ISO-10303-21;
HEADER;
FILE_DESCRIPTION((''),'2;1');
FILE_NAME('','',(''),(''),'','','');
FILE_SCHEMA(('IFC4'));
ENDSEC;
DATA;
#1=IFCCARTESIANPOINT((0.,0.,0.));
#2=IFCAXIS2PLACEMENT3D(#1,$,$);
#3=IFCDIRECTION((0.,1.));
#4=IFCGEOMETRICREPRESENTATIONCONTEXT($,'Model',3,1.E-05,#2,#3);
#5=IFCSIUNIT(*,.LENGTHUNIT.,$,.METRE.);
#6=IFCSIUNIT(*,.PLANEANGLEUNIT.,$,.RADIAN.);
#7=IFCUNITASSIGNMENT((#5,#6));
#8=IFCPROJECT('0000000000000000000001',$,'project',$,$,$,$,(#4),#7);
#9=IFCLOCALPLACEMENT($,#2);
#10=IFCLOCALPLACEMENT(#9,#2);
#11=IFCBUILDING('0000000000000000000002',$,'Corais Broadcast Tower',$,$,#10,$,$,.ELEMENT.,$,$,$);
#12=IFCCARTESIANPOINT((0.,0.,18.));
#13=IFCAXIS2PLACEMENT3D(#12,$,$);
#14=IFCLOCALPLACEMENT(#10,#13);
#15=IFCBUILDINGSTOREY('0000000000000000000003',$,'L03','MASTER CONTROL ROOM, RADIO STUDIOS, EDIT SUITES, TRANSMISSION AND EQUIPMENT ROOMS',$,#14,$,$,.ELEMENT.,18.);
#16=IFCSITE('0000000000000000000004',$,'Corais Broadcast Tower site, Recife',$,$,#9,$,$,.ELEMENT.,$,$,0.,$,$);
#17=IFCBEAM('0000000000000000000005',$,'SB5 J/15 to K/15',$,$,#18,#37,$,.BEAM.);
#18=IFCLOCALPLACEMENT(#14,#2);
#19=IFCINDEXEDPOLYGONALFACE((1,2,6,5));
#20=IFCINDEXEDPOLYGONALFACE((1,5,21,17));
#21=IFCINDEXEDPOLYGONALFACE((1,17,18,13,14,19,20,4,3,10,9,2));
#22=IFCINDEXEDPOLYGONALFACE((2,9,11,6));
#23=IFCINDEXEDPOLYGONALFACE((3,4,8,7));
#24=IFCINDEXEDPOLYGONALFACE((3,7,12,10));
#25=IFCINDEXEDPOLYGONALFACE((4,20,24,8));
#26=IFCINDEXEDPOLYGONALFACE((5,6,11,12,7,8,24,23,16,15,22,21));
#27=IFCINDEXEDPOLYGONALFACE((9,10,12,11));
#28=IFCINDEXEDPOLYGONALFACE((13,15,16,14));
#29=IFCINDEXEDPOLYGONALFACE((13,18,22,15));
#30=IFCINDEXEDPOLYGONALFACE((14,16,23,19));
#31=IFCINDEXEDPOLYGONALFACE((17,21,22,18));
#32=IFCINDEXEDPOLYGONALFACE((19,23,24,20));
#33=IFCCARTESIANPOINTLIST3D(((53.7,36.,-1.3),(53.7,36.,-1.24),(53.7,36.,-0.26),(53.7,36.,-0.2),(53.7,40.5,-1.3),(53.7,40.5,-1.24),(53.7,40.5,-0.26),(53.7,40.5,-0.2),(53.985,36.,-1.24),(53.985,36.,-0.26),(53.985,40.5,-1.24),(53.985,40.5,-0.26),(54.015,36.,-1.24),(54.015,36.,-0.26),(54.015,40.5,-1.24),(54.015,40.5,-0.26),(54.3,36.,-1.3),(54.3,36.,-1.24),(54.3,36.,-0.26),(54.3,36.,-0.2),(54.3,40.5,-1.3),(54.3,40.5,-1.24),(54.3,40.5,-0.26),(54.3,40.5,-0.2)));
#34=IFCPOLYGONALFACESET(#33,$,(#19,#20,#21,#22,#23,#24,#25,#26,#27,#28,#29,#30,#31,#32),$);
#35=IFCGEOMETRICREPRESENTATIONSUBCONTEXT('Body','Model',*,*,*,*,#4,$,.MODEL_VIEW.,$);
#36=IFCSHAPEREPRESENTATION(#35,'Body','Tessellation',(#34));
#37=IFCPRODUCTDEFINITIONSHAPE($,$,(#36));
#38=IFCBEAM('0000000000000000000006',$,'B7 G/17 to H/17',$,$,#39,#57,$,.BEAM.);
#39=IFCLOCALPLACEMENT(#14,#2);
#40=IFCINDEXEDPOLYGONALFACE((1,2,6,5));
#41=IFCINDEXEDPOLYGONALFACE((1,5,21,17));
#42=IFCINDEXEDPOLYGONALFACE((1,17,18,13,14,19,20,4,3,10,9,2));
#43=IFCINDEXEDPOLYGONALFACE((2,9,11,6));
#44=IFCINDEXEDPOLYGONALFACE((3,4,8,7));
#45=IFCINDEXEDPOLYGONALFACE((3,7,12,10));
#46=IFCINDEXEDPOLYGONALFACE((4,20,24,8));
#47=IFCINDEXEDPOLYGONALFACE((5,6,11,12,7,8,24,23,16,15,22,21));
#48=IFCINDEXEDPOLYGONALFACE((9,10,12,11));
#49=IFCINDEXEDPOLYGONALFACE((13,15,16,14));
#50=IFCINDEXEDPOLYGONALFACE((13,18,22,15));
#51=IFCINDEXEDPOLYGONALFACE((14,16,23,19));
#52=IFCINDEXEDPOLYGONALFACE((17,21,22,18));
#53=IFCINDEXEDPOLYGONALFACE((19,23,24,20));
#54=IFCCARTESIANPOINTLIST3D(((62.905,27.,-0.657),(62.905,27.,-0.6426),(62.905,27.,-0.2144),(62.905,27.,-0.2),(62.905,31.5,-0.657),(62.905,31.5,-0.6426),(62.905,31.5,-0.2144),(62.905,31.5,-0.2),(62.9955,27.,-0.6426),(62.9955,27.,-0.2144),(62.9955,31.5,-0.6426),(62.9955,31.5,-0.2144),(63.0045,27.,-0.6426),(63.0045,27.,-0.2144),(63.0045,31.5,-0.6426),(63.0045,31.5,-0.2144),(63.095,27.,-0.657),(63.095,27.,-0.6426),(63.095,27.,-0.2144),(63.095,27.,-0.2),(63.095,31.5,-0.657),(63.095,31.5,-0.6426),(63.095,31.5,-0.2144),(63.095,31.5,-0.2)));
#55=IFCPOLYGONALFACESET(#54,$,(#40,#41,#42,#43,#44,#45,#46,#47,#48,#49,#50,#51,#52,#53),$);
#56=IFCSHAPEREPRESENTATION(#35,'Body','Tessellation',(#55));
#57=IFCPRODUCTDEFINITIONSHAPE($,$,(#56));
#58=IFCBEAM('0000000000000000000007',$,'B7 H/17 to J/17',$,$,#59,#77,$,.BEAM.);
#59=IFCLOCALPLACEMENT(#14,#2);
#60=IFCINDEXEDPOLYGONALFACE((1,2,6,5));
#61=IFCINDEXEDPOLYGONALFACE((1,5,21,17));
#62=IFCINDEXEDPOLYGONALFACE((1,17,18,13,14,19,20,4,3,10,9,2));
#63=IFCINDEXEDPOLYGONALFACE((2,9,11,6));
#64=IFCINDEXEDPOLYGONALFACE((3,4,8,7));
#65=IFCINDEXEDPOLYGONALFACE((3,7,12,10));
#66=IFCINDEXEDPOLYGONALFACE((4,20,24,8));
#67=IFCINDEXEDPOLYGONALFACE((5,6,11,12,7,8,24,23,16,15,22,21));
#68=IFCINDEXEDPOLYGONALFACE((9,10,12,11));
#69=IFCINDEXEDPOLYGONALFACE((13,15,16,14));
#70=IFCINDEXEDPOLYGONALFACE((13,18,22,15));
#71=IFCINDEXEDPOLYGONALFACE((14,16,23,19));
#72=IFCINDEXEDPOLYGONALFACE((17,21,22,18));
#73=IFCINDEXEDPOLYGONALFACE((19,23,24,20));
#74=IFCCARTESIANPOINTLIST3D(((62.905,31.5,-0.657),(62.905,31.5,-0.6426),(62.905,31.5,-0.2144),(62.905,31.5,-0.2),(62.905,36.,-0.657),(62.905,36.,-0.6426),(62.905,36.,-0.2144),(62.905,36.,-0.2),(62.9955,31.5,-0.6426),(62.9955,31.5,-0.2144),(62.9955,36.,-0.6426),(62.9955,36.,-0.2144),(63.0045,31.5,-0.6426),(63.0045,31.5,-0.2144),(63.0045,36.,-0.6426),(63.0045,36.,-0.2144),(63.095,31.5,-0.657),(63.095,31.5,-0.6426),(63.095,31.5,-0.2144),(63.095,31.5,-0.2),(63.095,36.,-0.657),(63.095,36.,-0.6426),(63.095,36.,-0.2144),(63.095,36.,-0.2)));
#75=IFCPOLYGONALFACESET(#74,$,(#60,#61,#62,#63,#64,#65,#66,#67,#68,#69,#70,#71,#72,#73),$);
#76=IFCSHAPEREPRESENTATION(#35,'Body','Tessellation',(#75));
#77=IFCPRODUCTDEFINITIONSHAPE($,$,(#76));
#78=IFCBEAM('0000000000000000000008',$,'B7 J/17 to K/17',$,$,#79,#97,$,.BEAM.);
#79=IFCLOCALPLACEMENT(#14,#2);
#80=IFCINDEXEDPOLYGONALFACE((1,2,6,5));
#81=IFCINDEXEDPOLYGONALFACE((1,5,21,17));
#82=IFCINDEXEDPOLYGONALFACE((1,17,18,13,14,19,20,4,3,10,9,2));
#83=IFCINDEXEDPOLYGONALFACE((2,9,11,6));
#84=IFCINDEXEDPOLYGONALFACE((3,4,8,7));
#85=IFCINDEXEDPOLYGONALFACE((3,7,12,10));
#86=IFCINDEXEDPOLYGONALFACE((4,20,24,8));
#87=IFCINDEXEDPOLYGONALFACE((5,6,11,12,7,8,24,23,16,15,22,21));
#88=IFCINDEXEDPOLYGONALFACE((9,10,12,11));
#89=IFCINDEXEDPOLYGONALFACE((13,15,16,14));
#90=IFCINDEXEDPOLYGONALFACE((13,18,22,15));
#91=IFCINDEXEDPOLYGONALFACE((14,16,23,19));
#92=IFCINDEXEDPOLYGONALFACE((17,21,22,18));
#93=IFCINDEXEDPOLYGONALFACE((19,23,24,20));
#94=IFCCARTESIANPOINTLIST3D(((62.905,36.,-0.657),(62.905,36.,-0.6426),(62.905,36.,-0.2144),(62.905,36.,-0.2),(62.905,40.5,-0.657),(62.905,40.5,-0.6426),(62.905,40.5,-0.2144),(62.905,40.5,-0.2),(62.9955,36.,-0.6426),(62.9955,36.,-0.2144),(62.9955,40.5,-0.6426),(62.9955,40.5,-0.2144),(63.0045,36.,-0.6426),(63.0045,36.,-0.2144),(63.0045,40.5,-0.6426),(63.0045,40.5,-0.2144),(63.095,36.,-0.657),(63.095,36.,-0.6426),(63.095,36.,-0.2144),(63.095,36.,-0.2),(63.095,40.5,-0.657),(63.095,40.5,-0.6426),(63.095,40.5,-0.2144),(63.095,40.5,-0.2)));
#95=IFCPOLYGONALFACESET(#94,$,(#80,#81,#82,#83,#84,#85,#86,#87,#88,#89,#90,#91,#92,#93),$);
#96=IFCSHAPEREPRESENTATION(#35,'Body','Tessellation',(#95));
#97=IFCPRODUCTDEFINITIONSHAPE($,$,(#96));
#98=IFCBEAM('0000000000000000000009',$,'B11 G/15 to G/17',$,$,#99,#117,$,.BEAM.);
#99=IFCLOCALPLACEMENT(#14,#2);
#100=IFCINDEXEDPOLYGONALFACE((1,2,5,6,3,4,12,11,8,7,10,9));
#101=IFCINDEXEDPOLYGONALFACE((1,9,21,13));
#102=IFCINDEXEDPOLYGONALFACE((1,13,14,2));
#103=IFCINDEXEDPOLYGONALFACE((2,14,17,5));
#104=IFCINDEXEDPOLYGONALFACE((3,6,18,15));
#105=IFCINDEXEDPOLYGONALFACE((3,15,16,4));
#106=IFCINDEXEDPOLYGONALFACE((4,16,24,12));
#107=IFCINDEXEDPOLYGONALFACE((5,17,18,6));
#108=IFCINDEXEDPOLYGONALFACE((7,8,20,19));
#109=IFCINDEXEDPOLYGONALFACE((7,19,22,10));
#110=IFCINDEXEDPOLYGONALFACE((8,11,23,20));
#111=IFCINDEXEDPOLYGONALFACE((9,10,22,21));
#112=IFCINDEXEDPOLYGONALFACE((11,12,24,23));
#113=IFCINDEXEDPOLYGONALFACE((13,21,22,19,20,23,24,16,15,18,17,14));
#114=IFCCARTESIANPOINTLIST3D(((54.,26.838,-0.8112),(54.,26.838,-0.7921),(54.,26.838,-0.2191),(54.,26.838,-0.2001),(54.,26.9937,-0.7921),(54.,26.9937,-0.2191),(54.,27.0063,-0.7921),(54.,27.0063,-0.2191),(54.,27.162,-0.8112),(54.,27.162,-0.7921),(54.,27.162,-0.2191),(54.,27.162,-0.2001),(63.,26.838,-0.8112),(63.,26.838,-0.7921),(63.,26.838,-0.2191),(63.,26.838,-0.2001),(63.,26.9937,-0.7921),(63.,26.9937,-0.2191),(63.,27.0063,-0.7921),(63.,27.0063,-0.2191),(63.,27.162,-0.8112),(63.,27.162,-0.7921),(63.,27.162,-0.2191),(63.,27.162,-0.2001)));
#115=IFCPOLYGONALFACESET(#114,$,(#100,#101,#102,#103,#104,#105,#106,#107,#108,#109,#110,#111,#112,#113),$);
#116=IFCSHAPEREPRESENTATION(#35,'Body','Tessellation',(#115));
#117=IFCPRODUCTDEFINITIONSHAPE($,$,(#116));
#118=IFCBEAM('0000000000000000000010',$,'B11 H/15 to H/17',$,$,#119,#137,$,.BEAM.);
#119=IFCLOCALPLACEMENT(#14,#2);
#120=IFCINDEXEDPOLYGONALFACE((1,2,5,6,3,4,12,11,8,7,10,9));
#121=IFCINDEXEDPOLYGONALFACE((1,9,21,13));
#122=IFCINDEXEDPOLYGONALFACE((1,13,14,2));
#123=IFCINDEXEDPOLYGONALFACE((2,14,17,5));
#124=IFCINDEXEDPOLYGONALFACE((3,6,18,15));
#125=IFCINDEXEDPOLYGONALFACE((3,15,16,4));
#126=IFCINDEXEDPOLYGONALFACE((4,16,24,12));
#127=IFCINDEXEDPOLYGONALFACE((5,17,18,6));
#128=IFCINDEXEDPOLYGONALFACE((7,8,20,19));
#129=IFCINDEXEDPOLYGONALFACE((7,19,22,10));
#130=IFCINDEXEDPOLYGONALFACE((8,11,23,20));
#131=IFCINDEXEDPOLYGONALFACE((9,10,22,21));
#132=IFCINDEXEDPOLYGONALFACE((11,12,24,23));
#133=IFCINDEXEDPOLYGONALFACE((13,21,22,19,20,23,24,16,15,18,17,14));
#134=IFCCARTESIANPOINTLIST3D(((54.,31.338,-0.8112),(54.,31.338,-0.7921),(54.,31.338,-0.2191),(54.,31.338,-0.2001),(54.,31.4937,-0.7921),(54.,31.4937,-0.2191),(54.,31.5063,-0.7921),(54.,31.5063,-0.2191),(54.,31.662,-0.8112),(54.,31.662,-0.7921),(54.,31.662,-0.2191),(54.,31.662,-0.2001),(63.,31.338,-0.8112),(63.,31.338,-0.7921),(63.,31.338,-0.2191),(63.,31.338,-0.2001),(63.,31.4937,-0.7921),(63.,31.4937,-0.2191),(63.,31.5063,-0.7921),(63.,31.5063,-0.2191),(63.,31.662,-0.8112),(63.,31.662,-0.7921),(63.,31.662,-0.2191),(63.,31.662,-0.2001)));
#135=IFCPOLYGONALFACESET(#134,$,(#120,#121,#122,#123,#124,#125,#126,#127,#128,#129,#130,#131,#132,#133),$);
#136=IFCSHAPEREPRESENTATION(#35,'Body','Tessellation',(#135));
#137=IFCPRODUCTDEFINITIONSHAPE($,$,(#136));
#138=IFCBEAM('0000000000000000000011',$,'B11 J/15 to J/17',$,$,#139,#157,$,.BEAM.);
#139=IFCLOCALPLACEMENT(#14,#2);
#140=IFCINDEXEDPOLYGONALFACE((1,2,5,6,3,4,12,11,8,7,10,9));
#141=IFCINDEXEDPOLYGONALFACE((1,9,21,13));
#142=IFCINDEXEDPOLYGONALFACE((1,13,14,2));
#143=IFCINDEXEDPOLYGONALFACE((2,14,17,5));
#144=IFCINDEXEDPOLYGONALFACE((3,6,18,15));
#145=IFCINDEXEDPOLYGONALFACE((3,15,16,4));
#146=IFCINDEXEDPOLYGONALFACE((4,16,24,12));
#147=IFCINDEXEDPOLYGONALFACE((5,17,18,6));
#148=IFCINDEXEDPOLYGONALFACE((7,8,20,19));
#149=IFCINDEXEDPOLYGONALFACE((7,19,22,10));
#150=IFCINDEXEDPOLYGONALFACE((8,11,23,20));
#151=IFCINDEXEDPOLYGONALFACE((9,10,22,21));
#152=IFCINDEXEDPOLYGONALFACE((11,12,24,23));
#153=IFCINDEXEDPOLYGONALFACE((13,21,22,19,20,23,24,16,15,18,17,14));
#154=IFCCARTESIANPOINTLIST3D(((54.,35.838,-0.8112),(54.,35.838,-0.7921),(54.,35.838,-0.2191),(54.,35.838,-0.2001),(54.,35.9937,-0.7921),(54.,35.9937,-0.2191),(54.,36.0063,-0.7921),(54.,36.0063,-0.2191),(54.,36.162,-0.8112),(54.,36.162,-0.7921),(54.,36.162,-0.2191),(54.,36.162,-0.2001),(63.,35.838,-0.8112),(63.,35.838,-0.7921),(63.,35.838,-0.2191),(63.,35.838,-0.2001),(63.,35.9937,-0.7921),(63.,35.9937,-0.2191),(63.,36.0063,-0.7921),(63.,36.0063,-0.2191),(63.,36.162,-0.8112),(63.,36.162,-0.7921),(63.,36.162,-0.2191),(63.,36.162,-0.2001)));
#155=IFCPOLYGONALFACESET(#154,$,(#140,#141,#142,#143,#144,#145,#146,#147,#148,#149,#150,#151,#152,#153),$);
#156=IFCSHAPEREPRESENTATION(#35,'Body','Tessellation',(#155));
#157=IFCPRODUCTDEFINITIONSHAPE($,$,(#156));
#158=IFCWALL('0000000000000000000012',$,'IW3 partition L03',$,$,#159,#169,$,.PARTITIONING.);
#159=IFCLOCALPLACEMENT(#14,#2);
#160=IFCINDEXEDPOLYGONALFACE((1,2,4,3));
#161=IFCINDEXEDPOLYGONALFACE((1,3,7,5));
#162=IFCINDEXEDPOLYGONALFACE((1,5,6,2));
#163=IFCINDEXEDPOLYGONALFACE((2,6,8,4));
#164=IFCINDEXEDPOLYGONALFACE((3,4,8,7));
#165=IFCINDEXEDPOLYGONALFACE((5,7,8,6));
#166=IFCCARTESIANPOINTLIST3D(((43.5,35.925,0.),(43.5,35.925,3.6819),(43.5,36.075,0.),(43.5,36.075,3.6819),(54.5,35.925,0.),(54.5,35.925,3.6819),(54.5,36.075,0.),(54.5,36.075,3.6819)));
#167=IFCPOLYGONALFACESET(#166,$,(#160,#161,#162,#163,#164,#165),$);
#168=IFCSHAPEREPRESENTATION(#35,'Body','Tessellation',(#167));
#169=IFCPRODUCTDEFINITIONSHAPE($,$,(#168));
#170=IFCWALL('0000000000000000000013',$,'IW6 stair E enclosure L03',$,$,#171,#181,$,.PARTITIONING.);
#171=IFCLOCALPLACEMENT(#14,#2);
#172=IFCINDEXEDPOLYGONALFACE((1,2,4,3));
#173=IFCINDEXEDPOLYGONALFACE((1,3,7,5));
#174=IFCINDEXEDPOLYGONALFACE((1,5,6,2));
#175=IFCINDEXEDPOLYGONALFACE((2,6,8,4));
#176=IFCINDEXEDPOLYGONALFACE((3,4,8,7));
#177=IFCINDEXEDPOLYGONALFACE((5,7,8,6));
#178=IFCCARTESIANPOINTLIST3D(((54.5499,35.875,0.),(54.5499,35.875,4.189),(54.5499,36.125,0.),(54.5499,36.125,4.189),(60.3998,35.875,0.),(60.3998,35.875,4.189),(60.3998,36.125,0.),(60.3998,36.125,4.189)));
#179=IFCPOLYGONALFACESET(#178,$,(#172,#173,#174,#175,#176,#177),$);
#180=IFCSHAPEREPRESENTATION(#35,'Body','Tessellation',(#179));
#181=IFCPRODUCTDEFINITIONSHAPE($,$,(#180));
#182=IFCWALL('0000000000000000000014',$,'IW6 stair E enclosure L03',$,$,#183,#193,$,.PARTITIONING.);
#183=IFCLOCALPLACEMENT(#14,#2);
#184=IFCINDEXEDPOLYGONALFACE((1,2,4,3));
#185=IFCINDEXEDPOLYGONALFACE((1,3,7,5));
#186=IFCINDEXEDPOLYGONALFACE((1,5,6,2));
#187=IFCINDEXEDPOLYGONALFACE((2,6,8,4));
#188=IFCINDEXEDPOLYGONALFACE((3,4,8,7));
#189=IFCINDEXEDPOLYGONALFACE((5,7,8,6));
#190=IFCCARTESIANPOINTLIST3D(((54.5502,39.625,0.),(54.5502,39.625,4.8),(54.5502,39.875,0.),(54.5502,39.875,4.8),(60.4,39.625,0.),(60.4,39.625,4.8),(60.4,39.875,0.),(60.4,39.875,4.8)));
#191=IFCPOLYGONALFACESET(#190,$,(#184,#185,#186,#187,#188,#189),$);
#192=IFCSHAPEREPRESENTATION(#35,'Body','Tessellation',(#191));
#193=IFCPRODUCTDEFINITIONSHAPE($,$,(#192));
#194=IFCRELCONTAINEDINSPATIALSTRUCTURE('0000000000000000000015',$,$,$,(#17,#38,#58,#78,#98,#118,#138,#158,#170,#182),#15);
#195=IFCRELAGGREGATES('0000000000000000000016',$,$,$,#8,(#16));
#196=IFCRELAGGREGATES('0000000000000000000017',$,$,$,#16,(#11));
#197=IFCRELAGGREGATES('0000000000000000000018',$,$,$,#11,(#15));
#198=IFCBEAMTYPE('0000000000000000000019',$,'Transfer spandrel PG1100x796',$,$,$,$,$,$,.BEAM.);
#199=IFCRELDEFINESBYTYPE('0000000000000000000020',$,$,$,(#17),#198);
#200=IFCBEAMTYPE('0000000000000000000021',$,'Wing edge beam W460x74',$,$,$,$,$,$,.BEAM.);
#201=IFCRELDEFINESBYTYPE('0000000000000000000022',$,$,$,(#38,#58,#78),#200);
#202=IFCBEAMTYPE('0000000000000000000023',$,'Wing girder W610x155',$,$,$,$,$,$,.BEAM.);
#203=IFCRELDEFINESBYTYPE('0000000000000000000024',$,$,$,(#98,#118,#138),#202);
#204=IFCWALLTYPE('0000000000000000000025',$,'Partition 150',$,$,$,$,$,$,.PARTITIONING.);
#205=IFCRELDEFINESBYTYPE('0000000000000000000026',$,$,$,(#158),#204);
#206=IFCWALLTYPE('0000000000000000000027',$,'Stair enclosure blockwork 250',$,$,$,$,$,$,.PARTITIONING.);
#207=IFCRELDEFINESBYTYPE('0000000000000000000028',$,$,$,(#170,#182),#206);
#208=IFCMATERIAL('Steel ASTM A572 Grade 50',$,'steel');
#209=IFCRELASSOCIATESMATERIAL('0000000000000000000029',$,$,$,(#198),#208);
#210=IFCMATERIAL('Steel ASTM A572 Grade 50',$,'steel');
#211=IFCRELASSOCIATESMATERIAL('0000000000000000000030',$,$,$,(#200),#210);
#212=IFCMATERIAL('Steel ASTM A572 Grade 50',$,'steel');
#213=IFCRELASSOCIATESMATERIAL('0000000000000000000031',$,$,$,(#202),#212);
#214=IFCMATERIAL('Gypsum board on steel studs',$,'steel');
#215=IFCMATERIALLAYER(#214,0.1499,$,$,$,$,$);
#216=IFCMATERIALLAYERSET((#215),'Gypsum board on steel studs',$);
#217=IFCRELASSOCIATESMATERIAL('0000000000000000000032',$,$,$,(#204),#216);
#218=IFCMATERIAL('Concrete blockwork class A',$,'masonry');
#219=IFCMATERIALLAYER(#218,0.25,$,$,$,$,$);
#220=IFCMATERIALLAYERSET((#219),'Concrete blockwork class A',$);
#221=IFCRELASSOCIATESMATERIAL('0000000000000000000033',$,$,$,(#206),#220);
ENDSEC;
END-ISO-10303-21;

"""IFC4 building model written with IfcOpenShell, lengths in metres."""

from ifc_helpers import new_model, si_unit, direction, frame, frame_2d, origin, origin_2d, place, context, subcontext, project, spatial, rectangle, i_section, extrude, material, layer, layer_set, material_profile, profile_set, type_object, element, save


model = new_model("IFC4")

# Units and contexts
model_context = context("Model", 3, precision=1e-05, world=origin(), true_north=direction((0.0, 1.0)))
body_context = subcontext(model_context, "Body", "Model", "MODEL_VIEW")
ifc_project = project(units=[si_unit("LENGTHUNIT", "METRE"), si_unit("PLANEANGLEUNIT", "RADIAN")], contexts=[model_context])

# Site, building, storey
site_placement = place(None, origin())
site = spatial("IfcSite", under=ifc_project, at=site_placement, Name="Corais Broadcast Tower site, Recife", CompositionType="ELEMENT", RefElevation=0.0)
building_placement = place(site_placement, origin())
building = spatial("IfcBuilding", under=site, at=building_placement, Name="Corais Broadcast Tower", CompositionType="ELEMENT")
storey_placement = place(building_placement, frame((0.0, 0.0, 18.0)))
storey = spatial("IfcBuildingStorey", under=building, at=storey_placement, Name="L03", Description="MASTER CONTROL ROOM, RADIO STUDIOS, EDIT SUITES, TRANSMISSION AND EQUIPMENT ROOMS", CompositionType="ELEMENT", Elevation=18.0)

# Beams
ifc_material_1 = material(Name="Steel ASTM A572 Grade 50", Category="steel")
ifc_material_profile_1 = material_profile(ifc_material_1, i_section(OverallWidth=0.6001, OverallDepth=1.1001, WebThickness=0.03, FlangeThickness=0.0601, at=origin_2d()), Name="PG1100x796")
ifc_profile_set_1 = profile_set([ifc_material_profile_1], Name="Steel ASTM A572 Grade 50")
beam_type_1 = type_object("IfcBeamType", Name="Transfer spandrel PG1100x796", PredefinedType="BEAM", material=ifc_profile_set_1)
for number, where, z_axis, x_axis, name in (
    (1, (54.0, 36.0, -0.75), (0.0, 1.0, 0.0), (-1.0, 0.0, 0.0), "SB5 J/15 to K/15"),
):
    element("IfcBeam", number, at=place(storey_placement, frame(where, z_axis=z_axis, x_axis=x_axis)), inside=storey, type_object=beam_type_1, Name=name, PredefinedType="BEAM", context=body_context, shape_type="SweptSolid", body=[
        extrude(i_section(OverallWidth=0.6001, OverallDepth=1.1001, WebThickness=0.03, FlangeThickness=0.0601, at=origin_2d()), origin(), (0.0, 0.0, 1.0), 4.5),
    ])
ifc_material_2 = material(Name="Steel ASTM A572 Grade 50", Category="steel")
ifc_material_profile_2 = material_profile(ifc_material_2, i_section(OverallWidth=0.1899, OverallDepth=0.457, WebThickness=0.009, FlangeThickness=0.0144, at=origin_2d()), Name="W460x74")
ifc_profile_set_2 = profile_set([ifc_material_profile_2], Name="Steel ASTM A572 Grade 50")
beam_type_2 = type_object("IfcBeamType", Name="Wing edge beam W460x74", PredefinedType="BEAM", material=ifc_profile_set_2)
for number, where, z_axis, x_axis, name in (
    (2, (63.0, 27.0, -0.4285), (0.0, 1.0, 0.0), (-1.0, 0.0, 0.0), "B7 G/17 to H/17"),
    (3, (63.0, 31.5, -0.4285), (0.0, 1.0, 0.0), (-1.0, 0.0, 0.0), "B7 H/17 to J/17"),
    (4, (63.0, 36.0, -0.4285), (0.0, 1.0, 0.0), (-1.0, 0.0, 0.0), "B7 J/17 to K/17"),
):
    element("IfcBeam", number, at=place(storey_placement, frame(where, z_axis=z_axis, x_axis=x_axis)), inside=storey, type_object=beam_type_2, Name=name, PredefinedType="BEAM", context=body_context, shape_type="SweptSolid", body=[
        extrude(i_section(OverallWidth=0.1899, OverallDepth=0.457, WebThickness=0.009, FlangeThickness=0.0144, at=origin_2d()), origin(), (0.0, 0.0, 1.0), 4.5),
    ])
ifc_material_3 = material(Name="Steel ASTM A572 Grade 50", Category="steel")
ifc_material_profile_3 = material_profile(ifc_material_3, i_section(OverallWidth=0.324, OverallDepth=0.6111, WebThickness=0.0127, FlangeThickness=0.019, at=origin_2d()), Name="W610x155")
ifc_profile_set_3 = profile_set([ifc_material_profile_3], Name="Steel ASTM A572 Grade 50")
beam_type_3 = type_object("IfcBeamType", Name="Wing girder W610x155", PredefinedType="BEAM", material=ifc_profile_set_3)
for number, where, z_axis, x_axis, name in (
    (5, (54.0, 27.0, -0.5056), (1.0, 0.0, 0.0), (0.0, 1.0, 0.0), "B11 G/15 to G/17"),
    (6, (54.0, 31.5, -0.5056), (1.0, 0.0, 0.0), (0.0, 1.0, 0.0), "B11 H/15 to H/17"),
    (7, (54.0, 36.0, -0.5056), (1.0, 0.0, 0.0), (0.0, 1.0, 0.0), "B11 J/15 to J/17"),
):
    element("IfcBeam", number, at=place(storey_placement, frame(where, z_axis=z_axis, x_axis=x_axis)), inside=storey, type_object=beam_type_3, Name=name, PredefinedType="BEAM", context=body_context, shape_type="SweptSolid", body=[
        extrude(i_section(OverallWidth=0.324, OverallDepth=0.6111, WebThickness=0.0127, FlangeThickness=0.019, at=origin_2d()), origin(), (0.0, 0.0, 1.0), 9.0),
    ])

# Walls
ifc_material_4 = material(Name="Gypsum board on steel studs", Category="steel")
ifc_layer_1 = layer(ifc_material_4, 0.1499)
ifc_layer_set_1 = layer_set([ifc_layer_1], Name="Gypsum board on steel studs")
wall_type_1 = type_object("IfcWallType", Name="Partition 150", PredefinedType="PARTITIONING", material=ifc_layer_set_1)
wall_1_placement = place(storey_placement, frame((54.5, 36.0, 0.0), z_axis=(0.0, 0.0, 1.0), x_axis=(-1.0, 0.0, 0.0)))
element("IfcWall", 8, at=wall_1_placement, inside=storey, type_object=wall_type_1, Name="IW3 partition L03", PredefinedType="PARTITIONING", context=body_context, shape_type="SweptSolid", body=[
    extrude(rectangle(XDim=11.0, YDim=0.1499, at=frame_2d((5.5, 0.0))), origin(), (0.0, 0.0, 1.0), 3.6819),
])
ifc_material_5 = material(Name="Concrete blockwork class A", Category="masonry")
ifc_layer_2 = layer(ifc_material_5, 0.25)
ifc_layer_set_2 = layer_set([ifc_layer_2], Name="Concrete blockwork class A")
wall_type_2 = type_object("IfcWallType", Name="Stair enclosure blockwork 250", PredefinedType="PARTITIONING", material=ifc_layer_set_2)
wall_2_placement = place(storey_placement, frame((54.55, 36.0, 0.0), z_axis=(0.0, 0.0, 1.0), x_axis=(1.0, 0.0, 0.0)))
element("IfcWall", 9, at=wall_2_placement, inside=storey, type_object=wall_type_2, Name="IW6 stair E enclosure L03", PredefinedType="PARTITIONING", context=body_context, shape_type="SweptSolid", body=[
    extrude(rectangle(XDim=5.8499, YDim=0.25, at=frame_2d((2.9248, 0.0))), origin(), (0.0, 0.0, 1.0), 4.189),
])
wall_3_placement = place(storey_placement, frame((60.3999, 39.75, 0.0), z_axis=(0.0, 0.0, 1.0), x_axis=(-1.0, 0.0, 0.0)))
element("IfcWall", 10, at=wall_3_placement, inside=storey, type_object=wall_type_2, Name="IW6 stair E enclosure L03", PredefinedType="PARTITIONING", context=body_context, shape_type="SweptSolid", body=[
    extrude(rectangle(XDim=5.8499, YDim=0.25, at=frame_2d((2.9248, 0.0))), origin(), (0.0, 0.0, 1.0), 4.8),
])

save(model, "model.ifc")
